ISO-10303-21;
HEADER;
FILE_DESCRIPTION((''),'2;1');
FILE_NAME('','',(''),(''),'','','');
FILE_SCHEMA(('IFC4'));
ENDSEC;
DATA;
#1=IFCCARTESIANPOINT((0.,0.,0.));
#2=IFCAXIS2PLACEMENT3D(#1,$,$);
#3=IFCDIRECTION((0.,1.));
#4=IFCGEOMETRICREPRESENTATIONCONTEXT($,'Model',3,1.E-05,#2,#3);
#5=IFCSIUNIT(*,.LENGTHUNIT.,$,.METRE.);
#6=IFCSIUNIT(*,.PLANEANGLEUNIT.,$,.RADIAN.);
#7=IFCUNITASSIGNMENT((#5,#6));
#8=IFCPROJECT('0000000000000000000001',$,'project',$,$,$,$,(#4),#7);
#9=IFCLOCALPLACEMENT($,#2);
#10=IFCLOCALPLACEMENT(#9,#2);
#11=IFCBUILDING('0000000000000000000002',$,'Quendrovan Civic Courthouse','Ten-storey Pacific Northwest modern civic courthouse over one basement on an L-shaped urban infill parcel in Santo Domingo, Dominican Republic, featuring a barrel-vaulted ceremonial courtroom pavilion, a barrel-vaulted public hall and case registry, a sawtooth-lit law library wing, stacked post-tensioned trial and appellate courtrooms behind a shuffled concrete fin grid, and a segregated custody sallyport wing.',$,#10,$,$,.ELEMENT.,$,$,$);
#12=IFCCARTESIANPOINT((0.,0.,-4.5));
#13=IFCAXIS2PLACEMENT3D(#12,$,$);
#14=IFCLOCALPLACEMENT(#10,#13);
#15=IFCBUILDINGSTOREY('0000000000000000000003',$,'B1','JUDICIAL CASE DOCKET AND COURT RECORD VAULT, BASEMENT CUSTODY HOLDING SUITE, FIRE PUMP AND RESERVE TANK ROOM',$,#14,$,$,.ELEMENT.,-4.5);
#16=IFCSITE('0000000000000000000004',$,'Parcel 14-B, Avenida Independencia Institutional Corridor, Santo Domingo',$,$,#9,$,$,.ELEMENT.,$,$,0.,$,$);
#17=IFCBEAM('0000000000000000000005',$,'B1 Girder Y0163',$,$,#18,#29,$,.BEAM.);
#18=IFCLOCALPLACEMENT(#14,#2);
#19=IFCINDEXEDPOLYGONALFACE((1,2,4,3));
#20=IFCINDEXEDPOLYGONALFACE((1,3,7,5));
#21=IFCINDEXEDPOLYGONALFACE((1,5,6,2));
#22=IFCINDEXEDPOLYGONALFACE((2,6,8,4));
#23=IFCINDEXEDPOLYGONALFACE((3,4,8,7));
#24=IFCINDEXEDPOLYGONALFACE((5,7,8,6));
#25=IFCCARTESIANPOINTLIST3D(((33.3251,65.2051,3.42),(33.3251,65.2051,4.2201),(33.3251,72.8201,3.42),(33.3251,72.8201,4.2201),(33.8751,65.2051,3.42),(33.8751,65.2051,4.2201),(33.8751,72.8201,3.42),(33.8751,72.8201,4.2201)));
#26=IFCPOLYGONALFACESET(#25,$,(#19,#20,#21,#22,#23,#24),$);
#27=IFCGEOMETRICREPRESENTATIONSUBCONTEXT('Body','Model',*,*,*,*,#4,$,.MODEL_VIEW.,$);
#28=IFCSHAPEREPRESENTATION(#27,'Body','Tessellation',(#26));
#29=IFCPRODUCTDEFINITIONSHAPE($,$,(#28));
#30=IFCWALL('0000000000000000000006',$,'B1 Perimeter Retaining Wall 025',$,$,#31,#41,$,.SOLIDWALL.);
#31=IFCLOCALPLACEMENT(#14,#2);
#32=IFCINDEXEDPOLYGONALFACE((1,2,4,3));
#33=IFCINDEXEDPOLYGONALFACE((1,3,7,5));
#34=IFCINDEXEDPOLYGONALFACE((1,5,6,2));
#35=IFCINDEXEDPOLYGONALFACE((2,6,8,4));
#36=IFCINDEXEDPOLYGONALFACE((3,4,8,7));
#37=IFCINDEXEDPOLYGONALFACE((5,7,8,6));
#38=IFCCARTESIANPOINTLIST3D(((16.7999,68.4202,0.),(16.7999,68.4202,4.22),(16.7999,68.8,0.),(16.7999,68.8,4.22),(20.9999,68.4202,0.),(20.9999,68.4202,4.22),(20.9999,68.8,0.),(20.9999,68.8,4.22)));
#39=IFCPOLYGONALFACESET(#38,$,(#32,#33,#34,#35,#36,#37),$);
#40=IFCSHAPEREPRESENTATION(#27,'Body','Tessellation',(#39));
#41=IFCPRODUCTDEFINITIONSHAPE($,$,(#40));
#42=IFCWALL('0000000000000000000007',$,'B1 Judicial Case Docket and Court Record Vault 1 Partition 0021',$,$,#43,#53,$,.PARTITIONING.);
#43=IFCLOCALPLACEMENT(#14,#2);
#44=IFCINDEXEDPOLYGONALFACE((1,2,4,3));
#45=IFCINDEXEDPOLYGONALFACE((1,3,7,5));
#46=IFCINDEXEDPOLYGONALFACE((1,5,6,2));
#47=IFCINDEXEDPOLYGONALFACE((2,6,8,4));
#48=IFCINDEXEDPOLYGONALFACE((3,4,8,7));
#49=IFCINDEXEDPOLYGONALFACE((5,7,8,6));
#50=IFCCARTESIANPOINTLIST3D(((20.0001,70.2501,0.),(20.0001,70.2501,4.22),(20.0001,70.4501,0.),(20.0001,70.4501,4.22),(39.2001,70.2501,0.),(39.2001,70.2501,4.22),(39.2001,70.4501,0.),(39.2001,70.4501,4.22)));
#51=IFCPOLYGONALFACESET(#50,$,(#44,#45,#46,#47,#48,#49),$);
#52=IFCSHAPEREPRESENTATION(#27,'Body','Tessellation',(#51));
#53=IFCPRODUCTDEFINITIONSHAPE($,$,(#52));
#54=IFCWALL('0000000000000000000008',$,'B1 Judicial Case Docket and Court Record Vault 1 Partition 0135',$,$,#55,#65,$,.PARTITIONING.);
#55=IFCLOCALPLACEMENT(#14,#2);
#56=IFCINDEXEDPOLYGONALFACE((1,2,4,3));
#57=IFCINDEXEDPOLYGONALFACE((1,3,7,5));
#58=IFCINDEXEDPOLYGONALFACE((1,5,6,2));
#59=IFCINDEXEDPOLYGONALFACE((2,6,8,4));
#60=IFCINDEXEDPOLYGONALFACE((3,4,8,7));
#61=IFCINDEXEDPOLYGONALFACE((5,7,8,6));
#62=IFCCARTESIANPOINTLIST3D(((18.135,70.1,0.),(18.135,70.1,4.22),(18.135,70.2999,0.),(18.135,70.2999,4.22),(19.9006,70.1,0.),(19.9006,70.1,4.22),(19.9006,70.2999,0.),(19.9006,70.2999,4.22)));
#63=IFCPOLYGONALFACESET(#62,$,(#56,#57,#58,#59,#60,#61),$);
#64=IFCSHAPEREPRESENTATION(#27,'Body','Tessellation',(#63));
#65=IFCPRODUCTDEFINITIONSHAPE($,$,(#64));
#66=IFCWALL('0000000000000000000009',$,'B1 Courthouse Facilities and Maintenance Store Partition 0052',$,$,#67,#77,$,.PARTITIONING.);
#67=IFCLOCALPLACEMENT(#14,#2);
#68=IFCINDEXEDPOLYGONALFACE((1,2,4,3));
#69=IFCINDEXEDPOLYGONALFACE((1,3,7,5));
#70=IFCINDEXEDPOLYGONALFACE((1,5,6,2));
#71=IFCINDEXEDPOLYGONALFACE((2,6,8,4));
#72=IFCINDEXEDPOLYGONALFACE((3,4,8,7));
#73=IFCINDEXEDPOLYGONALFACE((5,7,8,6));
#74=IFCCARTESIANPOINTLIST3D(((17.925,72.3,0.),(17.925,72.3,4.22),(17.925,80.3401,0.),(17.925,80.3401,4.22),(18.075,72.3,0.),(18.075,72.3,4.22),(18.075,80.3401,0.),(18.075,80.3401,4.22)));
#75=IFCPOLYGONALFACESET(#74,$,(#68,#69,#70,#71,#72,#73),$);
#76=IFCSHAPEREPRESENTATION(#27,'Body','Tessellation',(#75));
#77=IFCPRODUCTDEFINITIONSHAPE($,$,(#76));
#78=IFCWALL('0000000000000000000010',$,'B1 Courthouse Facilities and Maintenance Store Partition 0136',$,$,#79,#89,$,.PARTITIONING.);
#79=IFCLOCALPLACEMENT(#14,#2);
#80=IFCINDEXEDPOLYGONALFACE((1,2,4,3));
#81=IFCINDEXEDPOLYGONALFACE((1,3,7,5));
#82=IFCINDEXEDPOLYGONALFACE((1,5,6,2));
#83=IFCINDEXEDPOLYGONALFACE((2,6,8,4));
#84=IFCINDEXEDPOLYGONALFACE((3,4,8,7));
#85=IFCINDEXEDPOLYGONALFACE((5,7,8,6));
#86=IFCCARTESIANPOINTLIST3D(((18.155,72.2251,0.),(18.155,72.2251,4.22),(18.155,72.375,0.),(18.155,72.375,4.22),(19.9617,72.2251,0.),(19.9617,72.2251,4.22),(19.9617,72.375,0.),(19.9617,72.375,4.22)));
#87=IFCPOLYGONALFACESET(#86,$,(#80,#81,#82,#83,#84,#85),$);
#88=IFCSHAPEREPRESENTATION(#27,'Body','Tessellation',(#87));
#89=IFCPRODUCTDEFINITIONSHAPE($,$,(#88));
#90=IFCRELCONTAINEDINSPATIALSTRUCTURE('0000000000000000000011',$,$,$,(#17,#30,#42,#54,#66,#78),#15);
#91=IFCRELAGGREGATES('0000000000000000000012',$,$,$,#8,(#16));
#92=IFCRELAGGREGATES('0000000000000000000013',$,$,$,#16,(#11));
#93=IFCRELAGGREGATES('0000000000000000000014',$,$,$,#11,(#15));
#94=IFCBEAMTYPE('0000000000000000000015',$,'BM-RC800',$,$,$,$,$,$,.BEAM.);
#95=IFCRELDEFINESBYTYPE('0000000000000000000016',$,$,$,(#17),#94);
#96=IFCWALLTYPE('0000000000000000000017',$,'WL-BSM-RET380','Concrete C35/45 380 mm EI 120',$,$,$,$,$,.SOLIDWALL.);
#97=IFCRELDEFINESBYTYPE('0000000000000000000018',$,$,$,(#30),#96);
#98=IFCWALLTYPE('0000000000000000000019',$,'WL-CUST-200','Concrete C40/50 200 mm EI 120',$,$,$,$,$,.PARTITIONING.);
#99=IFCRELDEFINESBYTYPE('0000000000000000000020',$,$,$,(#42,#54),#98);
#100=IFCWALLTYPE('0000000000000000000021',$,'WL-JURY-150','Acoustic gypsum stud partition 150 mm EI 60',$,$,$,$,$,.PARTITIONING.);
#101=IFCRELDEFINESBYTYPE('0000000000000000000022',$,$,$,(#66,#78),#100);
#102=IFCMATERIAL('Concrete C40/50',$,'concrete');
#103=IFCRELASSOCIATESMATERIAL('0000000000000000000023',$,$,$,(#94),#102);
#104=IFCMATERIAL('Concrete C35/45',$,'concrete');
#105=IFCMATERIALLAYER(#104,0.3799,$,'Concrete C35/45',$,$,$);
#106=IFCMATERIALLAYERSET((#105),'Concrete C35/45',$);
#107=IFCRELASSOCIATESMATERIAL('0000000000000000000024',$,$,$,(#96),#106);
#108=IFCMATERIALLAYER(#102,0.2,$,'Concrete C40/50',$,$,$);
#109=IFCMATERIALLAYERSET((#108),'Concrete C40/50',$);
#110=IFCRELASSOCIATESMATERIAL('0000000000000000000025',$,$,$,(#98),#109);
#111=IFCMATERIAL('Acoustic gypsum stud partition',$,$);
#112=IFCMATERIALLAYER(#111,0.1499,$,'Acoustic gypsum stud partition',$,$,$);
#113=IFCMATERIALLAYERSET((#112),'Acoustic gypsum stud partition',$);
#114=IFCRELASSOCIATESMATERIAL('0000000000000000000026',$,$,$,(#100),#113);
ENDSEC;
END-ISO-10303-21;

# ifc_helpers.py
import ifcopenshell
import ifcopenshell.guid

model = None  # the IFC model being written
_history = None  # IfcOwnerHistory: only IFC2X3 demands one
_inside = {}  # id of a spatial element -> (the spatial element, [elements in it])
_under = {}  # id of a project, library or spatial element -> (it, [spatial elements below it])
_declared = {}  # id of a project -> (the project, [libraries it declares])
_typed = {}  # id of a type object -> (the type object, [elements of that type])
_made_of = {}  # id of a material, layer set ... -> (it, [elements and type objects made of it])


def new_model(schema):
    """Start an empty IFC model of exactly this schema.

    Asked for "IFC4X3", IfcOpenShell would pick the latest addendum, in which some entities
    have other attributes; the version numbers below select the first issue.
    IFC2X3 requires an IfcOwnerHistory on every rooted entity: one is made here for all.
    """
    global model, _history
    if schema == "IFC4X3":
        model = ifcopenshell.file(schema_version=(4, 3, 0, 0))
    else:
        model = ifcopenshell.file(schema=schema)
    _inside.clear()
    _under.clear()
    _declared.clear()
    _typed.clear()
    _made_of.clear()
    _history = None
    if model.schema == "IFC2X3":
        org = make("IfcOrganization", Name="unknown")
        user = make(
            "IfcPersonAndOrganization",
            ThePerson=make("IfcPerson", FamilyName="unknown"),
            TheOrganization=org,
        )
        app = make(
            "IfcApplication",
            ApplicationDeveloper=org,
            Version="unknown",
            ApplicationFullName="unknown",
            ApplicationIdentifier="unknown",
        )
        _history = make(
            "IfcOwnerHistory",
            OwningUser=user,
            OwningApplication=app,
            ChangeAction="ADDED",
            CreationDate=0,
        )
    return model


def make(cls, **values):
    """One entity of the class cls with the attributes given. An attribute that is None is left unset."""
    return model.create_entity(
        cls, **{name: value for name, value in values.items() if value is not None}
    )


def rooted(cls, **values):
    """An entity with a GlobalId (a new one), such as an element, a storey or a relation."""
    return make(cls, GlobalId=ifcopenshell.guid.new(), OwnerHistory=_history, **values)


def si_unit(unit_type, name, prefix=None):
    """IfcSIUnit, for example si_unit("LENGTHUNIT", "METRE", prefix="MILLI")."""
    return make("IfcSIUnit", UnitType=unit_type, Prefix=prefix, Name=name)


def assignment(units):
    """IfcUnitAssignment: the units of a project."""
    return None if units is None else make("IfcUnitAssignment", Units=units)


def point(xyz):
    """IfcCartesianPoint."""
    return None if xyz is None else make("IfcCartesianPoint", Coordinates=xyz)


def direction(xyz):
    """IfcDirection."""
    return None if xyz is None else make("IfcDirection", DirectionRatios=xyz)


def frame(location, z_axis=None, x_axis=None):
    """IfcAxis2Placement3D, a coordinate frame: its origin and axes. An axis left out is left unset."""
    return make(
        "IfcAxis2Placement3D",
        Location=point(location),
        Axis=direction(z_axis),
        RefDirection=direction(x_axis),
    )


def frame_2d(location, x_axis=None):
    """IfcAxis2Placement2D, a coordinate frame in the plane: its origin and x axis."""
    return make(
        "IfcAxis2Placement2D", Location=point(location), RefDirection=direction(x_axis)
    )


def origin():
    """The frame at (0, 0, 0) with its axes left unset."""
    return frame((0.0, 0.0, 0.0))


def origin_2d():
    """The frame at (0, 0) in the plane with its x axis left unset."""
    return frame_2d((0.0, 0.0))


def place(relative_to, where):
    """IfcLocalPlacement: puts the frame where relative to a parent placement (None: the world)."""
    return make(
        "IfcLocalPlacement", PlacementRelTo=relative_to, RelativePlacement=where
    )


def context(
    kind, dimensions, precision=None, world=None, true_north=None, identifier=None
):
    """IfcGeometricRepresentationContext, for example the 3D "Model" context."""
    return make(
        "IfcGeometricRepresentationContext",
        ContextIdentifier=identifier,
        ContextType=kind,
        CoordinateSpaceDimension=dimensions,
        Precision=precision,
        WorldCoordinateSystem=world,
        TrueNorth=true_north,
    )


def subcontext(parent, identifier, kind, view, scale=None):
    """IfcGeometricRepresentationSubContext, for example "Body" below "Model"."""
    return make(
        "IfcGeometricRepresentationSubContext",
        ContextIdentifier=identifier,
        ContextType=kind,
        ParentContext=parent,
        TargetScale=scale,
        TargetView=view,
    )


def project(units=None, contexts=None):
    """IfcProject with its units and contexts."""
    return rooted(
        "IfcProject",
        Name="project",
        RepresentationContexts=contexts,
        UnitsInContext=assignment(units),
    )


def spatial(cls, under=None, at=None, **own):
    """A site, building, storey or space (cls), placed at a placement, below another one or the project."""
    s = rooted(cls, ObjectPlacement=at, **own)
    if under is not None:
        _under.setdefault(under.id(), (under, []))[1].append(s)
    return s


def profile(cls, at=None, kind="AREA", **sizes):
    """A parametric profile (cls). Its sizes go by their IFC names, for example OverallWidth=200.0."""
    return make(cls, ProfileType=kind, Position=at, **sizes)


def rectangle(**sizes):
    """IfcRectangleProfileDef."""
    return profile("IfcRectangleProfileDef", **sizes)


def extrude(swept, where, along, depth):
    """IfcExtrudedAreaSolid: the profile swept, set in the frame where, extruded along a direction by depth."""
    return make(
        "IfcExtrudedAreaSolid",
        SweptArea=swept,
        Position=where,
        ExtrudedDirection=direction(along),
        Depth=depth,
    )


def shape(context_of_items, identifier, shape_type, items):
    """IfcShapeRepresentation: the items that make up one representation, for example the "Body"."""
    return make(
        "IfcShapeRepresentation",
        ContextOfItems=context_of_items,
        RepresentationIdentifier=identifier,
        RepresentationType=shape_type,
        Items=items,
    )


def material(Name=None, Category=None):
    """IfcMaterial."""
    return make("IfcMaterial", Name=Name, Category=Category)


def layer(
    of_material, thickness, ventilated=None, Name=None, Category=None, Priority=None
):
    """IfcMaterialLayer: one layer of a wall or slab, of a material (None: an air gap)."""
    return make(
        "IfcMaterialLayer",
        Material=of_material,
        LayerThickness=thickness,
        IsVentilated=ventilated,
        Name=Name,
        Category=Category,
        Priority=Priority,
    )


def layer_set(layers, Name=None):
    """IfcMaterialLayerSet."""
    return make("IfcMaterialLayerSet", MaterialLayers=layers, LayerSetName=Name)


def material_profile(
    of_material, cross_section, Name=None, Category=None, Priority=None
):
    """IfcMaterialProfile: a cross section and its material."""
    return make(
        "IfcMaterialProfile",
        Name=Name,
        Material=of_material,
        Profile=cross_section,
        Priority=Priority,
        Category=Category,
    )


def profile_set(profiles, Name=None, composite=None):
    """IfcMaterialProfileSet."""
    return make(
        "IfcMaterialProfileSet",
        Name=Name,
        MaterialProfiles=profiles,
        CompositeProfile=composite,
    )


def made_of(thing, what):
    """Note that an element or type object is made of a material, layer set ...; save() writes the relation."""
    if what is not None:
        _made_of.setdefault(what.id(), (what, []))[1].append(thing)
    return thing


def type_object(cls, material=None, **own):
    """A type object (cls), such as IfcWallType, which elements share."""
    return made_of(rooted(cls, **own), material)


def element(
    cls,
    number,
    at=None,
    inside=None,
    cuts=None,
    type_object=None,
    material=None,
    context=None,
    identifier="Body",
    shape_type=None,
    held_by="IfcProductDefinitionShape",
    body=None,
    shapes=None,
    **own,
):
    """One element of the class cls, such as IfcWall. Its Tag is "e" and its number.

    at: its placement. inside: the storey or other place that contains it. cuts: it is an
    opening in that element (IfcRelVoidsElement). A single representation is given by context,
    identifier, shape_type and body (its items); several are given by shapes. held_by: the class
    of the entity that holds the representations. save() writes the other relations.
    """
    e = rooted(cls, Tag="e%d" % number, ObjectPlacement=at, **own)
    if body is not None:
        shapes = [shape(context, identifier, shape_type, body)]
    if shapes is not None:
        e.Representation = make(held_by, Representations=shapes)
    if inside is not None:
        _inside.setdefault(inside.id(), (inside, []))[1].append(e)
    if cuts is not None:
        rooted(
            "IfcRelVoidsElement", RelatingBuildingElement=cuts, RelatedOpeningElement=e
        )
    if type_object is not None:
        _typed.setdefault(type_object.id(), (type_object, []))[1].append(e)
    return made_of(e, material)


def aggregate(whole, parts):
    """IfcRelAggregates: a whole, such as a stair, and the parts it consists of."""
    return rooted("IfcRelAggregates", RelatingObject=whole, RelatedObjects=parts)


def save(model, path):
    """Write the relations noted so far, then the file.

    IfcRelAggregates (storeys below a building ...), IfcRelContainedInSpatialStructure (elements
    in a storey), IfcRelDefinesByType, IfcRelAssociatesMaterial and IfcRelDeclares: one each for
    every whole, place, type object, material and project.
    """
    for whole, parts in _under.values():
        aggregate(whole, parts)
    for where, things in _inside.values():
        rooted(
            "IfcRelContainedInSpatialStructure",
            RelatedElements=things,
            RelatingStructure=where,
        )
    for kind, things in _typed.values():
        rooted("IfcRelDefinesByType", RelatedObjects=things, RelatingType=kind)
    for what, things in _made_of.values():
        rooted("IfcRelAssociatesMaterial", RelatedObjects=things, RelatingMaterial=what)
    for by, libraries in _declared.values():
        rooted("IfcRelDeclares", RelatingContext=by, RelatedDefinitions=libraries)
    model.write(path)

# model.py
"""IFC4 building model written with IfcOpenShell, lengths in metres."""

from ifc_helpers import new_model, si_unit, direction, frame, frame_2d, origin, origin_2d, place, context, subcontext, project, spatial, rectangle, extrude, material, layer, layer_set, material_profile, profile_set, type_object, element, save


model = new_model("IFC4")

# Units and contexts
model_context = context("Model", 3, precision=1e-05, world=origin(), true_north=direction((0.0, 1.0)))
body_context = subcontext(model_context, "Body", "Model", "MODEL_VIEW")
ifc_project = project(units=[si_unit("LENGTHUNIT", "METRE"), si_unit("PLANEANGLEUNIT", "RADIAN")], contexts=[model_context])

# Site, building, storey
site_placement = place(None, origin())
site = spatial("IfcSite", under=ifc_project, at=site_placement, Name="Parcel 14-B, Avenida Independencia Institutional Corridor, Santo Domingo", CompositionType="ELEMENT", RefElevation=0.0)
building_placement = place(site_placement, origin())
building = spatial("IfcBuilding", under=site, at=building_placement, Name="Quendrovan Civic Courthouse", Description="Ten-storey Pacific Northwest modern civic courthouse over one basement on an L-shaped urban infill parcel in Santo Domingo, Dominican Republic, featuring a barrel-vaulted ceremonial courtroom pavilion, a barrel-vaulted public hall and case registry, a sawtooth-lit law library wing, stacked post-tensioned trial and appellate courtrooms behind a shuffled concrete fin grid, and a segregated custody sallyport wing.", CompositionType="ELEMENT")
storey_placement = place(building_placement, frame((0.0, 0.0, -4.5)))
storey = spatial("IfcBuildingStorey", under=building, at=storey_placement, Name="B1", Description="JUDICIAL CASE DOCKET AND COURT RECORD VAULT, BASEMENT CUSTODY HOLDING SUITE, FIRE PUMP AND RESERVE TANK ROOM", CompositionType="ELEMENT", Elevation=-4.5)

# Shared definitions
ifc_material_1 = material(Name="Concrete C35/45", Category="concrete")

# Shared definitions
ifc_material_2 = material(Name="Concrete C40/50", Category="concrete")

# Beam
ifc_material_profile_1 = material_profile(ifc_material_2, rectangle(XDim=0.55, YDim=0.8, at=origin_2d()), Name="RC-BM-550x800")
ifc_profile_set_1 = profile_set([ifc_material_profile_1], Name="Concrete C40/50")
beam_type_1 = type_object("IfcBeamType", Name="BM-RC800", PredefinedType="BEAM", material=ifc_profile_set_1)
beam_1_placement = place(storey_placement, frame((33.6001, 65.2051, 3.8201), z_axis=(0.0, 1.0, 0.0), x_axis=(-1.0, 0.0, 0.0)))
element("IfcBeam", 1, at=beam_1_placement, inside=storey, type_object=beam_type_1, Name="B1 Girder Y0163", PredefinedType="BEAM", context=body_context, shape_type="SweptSolid", body=[
    extrude(rectangle(XDim=0.55, YDim=0.8, at=origin_2d()), origin(), (0.0, 0.0, 1.0), 7.615),
])

# Walls
ifc_layer_1 = layer(ifc_material_1, 0.3799, Name="Concrete C35/45")
ifc_layer_set_1 = layer_set([ifc_layer_1], Name="Concrete C35/45")
wall_type_1 = type_object("IfcWallType", Name="WL-BSM-RET380", Description="Concrete C35/45 380 mm EI 120", PredefinedType="SOLIDWALL", material=ifc_layer_set_1)
wall_1_placement = place(storey_placement, frame((21.0, 68.6101, 0.0), z_axis=(0.0, 0.0, 1.0), x_axis=(-1.0, 0.0, 0.0)))
element("IfcWall", 2, at=wall_1_placement, inside=storey, type_object=wall_type_1, Name="B1 Perimeter Retaining Wall 025", PredefinedType="SOLIDWALL", context=body_context, shape_type="SweptSolid", body=[
    extrude(rectangle(XDim=4.2, YDim=0.3799, at=frame_2d((2.1001, 0.0))), origin(), (0.0, 0.0, 1.0), 4.22),
])
ifc_layer_2 = layer(ifc_material_2, 0.2, Name="Concrete C40/50")
ifc_layer_set_2 = layer_set([ifc_layer_2], Name="Concrete C40/50")
wall_type_2 = type_object("IfcWallType", Name="WL-CUST-200", Description="Concrete C40/50 200 mm EI 120", PredefinedType="PARTITIONING", material=ifc_layer_set_2)
wall_2_placement = place(storey_placement, frame((20.0, 70.3501, 0.0), z_axis=(0.0, 0.0, 1.0), x_axis=(1.0, 0.0, 0.0)))
element("IfcWall", 3, at=wall_2_placement, inside=storey, type_object=wall_type_2, Name="B1 Judicial Case Docket and Court Record Vault 1 Partition 0021", PredefinedType="PARTITIONING", context=body_context, shape_type="SweptSolid", body=[
    extrude(rectangle(XDim=19.2, YDim=0.2, at=frame_2d((9.6001, 0.0))), origin(), (0.0, 0.0, 1.0), 4.22),
])
wall_3_placement = place(storey_placement, frame((18.135, 70.2, 0.0), z_axis=(0.0, 0.0, 1.0), x_axis=(1.0, 0.0, 0.0)))
element("IfcWall", 4, at=wall_3_placement, inside=storey, type_object=wall_type_2, Name="B1 Judicial Case Docket and Court Record Vault 1 Partition 0135", PredefinedType="PARTITIONING", context=body_context, shape_type="SweptSolid", body=[
    extrude(rectangle(XDim=1.7656, YDim=0.2, at=frame_2d((0.8828, 0.0))), origin(), (0.0, 0.0, 1.0), 4.22),
])
ifc_material_3 = material(Name="Acoustic gypsum stud partition")
ifc_layer_3 = layer(ifc_material_3, 0.1499, Name="Acoustic gypsum stud partition")
ifc_layer_set_3 = layer_set([ifc_layer_3], Name="Acoustic gypsum stud partition")
wall_type_3 = type_object("IfcWallType", Name="WL-JURY-150", Description="Acoustic gypsum stud partition 150 mm EI 60", PredefinedType="PARTITIONING", material=ifc_layer_set_3)
wall_4_placement = place(storey_placement, frame((18.0, 72.3, 0.0), z_axis=(0.0, 0.0, 1.0), x_axis=(0.0, 1.0, 0.0)))
element("IfcWall", 5, at=wall_4_placement, inside=storey, type_object=wall_type_3, Name="B1 Courthouse Facilities and Maintenance Store Partition 0052", PredefinedType="PARTITIONING", context=body_context, shape_type="SweptSolid", body=[
    extrude(rectangle(XDim=8.04, YDim=0.1499, at=frame_2d((4.02, 0.0))), origin(), (0.0, 0.0, 1.0), 4.22),
])
wall_5_placement = place(storey_placement, frame((19.9617, 72.3, 0.0), z_axis=(0.0, 0.0, 1.0), x_axis=(-1.0, 0.0, 0.0)))
element("IfcWall", 6, at=wall_5_placement, inside=storey, type_object=wall_type_3, Name="B1 Courthouse Facilities and Maintenance Store Partition 0136", PredefinedType="PARTITIONING", context=body_context, shape_type="SweptSolid", body=[
    extrude(rectangle(XDim=1.8066, YDim=0.1499, at=frame_2d((0.9033, 0.0))), origin(), (0.0, 0.0, 1.0), 4.22),
])

save(model, "model.ifc")
